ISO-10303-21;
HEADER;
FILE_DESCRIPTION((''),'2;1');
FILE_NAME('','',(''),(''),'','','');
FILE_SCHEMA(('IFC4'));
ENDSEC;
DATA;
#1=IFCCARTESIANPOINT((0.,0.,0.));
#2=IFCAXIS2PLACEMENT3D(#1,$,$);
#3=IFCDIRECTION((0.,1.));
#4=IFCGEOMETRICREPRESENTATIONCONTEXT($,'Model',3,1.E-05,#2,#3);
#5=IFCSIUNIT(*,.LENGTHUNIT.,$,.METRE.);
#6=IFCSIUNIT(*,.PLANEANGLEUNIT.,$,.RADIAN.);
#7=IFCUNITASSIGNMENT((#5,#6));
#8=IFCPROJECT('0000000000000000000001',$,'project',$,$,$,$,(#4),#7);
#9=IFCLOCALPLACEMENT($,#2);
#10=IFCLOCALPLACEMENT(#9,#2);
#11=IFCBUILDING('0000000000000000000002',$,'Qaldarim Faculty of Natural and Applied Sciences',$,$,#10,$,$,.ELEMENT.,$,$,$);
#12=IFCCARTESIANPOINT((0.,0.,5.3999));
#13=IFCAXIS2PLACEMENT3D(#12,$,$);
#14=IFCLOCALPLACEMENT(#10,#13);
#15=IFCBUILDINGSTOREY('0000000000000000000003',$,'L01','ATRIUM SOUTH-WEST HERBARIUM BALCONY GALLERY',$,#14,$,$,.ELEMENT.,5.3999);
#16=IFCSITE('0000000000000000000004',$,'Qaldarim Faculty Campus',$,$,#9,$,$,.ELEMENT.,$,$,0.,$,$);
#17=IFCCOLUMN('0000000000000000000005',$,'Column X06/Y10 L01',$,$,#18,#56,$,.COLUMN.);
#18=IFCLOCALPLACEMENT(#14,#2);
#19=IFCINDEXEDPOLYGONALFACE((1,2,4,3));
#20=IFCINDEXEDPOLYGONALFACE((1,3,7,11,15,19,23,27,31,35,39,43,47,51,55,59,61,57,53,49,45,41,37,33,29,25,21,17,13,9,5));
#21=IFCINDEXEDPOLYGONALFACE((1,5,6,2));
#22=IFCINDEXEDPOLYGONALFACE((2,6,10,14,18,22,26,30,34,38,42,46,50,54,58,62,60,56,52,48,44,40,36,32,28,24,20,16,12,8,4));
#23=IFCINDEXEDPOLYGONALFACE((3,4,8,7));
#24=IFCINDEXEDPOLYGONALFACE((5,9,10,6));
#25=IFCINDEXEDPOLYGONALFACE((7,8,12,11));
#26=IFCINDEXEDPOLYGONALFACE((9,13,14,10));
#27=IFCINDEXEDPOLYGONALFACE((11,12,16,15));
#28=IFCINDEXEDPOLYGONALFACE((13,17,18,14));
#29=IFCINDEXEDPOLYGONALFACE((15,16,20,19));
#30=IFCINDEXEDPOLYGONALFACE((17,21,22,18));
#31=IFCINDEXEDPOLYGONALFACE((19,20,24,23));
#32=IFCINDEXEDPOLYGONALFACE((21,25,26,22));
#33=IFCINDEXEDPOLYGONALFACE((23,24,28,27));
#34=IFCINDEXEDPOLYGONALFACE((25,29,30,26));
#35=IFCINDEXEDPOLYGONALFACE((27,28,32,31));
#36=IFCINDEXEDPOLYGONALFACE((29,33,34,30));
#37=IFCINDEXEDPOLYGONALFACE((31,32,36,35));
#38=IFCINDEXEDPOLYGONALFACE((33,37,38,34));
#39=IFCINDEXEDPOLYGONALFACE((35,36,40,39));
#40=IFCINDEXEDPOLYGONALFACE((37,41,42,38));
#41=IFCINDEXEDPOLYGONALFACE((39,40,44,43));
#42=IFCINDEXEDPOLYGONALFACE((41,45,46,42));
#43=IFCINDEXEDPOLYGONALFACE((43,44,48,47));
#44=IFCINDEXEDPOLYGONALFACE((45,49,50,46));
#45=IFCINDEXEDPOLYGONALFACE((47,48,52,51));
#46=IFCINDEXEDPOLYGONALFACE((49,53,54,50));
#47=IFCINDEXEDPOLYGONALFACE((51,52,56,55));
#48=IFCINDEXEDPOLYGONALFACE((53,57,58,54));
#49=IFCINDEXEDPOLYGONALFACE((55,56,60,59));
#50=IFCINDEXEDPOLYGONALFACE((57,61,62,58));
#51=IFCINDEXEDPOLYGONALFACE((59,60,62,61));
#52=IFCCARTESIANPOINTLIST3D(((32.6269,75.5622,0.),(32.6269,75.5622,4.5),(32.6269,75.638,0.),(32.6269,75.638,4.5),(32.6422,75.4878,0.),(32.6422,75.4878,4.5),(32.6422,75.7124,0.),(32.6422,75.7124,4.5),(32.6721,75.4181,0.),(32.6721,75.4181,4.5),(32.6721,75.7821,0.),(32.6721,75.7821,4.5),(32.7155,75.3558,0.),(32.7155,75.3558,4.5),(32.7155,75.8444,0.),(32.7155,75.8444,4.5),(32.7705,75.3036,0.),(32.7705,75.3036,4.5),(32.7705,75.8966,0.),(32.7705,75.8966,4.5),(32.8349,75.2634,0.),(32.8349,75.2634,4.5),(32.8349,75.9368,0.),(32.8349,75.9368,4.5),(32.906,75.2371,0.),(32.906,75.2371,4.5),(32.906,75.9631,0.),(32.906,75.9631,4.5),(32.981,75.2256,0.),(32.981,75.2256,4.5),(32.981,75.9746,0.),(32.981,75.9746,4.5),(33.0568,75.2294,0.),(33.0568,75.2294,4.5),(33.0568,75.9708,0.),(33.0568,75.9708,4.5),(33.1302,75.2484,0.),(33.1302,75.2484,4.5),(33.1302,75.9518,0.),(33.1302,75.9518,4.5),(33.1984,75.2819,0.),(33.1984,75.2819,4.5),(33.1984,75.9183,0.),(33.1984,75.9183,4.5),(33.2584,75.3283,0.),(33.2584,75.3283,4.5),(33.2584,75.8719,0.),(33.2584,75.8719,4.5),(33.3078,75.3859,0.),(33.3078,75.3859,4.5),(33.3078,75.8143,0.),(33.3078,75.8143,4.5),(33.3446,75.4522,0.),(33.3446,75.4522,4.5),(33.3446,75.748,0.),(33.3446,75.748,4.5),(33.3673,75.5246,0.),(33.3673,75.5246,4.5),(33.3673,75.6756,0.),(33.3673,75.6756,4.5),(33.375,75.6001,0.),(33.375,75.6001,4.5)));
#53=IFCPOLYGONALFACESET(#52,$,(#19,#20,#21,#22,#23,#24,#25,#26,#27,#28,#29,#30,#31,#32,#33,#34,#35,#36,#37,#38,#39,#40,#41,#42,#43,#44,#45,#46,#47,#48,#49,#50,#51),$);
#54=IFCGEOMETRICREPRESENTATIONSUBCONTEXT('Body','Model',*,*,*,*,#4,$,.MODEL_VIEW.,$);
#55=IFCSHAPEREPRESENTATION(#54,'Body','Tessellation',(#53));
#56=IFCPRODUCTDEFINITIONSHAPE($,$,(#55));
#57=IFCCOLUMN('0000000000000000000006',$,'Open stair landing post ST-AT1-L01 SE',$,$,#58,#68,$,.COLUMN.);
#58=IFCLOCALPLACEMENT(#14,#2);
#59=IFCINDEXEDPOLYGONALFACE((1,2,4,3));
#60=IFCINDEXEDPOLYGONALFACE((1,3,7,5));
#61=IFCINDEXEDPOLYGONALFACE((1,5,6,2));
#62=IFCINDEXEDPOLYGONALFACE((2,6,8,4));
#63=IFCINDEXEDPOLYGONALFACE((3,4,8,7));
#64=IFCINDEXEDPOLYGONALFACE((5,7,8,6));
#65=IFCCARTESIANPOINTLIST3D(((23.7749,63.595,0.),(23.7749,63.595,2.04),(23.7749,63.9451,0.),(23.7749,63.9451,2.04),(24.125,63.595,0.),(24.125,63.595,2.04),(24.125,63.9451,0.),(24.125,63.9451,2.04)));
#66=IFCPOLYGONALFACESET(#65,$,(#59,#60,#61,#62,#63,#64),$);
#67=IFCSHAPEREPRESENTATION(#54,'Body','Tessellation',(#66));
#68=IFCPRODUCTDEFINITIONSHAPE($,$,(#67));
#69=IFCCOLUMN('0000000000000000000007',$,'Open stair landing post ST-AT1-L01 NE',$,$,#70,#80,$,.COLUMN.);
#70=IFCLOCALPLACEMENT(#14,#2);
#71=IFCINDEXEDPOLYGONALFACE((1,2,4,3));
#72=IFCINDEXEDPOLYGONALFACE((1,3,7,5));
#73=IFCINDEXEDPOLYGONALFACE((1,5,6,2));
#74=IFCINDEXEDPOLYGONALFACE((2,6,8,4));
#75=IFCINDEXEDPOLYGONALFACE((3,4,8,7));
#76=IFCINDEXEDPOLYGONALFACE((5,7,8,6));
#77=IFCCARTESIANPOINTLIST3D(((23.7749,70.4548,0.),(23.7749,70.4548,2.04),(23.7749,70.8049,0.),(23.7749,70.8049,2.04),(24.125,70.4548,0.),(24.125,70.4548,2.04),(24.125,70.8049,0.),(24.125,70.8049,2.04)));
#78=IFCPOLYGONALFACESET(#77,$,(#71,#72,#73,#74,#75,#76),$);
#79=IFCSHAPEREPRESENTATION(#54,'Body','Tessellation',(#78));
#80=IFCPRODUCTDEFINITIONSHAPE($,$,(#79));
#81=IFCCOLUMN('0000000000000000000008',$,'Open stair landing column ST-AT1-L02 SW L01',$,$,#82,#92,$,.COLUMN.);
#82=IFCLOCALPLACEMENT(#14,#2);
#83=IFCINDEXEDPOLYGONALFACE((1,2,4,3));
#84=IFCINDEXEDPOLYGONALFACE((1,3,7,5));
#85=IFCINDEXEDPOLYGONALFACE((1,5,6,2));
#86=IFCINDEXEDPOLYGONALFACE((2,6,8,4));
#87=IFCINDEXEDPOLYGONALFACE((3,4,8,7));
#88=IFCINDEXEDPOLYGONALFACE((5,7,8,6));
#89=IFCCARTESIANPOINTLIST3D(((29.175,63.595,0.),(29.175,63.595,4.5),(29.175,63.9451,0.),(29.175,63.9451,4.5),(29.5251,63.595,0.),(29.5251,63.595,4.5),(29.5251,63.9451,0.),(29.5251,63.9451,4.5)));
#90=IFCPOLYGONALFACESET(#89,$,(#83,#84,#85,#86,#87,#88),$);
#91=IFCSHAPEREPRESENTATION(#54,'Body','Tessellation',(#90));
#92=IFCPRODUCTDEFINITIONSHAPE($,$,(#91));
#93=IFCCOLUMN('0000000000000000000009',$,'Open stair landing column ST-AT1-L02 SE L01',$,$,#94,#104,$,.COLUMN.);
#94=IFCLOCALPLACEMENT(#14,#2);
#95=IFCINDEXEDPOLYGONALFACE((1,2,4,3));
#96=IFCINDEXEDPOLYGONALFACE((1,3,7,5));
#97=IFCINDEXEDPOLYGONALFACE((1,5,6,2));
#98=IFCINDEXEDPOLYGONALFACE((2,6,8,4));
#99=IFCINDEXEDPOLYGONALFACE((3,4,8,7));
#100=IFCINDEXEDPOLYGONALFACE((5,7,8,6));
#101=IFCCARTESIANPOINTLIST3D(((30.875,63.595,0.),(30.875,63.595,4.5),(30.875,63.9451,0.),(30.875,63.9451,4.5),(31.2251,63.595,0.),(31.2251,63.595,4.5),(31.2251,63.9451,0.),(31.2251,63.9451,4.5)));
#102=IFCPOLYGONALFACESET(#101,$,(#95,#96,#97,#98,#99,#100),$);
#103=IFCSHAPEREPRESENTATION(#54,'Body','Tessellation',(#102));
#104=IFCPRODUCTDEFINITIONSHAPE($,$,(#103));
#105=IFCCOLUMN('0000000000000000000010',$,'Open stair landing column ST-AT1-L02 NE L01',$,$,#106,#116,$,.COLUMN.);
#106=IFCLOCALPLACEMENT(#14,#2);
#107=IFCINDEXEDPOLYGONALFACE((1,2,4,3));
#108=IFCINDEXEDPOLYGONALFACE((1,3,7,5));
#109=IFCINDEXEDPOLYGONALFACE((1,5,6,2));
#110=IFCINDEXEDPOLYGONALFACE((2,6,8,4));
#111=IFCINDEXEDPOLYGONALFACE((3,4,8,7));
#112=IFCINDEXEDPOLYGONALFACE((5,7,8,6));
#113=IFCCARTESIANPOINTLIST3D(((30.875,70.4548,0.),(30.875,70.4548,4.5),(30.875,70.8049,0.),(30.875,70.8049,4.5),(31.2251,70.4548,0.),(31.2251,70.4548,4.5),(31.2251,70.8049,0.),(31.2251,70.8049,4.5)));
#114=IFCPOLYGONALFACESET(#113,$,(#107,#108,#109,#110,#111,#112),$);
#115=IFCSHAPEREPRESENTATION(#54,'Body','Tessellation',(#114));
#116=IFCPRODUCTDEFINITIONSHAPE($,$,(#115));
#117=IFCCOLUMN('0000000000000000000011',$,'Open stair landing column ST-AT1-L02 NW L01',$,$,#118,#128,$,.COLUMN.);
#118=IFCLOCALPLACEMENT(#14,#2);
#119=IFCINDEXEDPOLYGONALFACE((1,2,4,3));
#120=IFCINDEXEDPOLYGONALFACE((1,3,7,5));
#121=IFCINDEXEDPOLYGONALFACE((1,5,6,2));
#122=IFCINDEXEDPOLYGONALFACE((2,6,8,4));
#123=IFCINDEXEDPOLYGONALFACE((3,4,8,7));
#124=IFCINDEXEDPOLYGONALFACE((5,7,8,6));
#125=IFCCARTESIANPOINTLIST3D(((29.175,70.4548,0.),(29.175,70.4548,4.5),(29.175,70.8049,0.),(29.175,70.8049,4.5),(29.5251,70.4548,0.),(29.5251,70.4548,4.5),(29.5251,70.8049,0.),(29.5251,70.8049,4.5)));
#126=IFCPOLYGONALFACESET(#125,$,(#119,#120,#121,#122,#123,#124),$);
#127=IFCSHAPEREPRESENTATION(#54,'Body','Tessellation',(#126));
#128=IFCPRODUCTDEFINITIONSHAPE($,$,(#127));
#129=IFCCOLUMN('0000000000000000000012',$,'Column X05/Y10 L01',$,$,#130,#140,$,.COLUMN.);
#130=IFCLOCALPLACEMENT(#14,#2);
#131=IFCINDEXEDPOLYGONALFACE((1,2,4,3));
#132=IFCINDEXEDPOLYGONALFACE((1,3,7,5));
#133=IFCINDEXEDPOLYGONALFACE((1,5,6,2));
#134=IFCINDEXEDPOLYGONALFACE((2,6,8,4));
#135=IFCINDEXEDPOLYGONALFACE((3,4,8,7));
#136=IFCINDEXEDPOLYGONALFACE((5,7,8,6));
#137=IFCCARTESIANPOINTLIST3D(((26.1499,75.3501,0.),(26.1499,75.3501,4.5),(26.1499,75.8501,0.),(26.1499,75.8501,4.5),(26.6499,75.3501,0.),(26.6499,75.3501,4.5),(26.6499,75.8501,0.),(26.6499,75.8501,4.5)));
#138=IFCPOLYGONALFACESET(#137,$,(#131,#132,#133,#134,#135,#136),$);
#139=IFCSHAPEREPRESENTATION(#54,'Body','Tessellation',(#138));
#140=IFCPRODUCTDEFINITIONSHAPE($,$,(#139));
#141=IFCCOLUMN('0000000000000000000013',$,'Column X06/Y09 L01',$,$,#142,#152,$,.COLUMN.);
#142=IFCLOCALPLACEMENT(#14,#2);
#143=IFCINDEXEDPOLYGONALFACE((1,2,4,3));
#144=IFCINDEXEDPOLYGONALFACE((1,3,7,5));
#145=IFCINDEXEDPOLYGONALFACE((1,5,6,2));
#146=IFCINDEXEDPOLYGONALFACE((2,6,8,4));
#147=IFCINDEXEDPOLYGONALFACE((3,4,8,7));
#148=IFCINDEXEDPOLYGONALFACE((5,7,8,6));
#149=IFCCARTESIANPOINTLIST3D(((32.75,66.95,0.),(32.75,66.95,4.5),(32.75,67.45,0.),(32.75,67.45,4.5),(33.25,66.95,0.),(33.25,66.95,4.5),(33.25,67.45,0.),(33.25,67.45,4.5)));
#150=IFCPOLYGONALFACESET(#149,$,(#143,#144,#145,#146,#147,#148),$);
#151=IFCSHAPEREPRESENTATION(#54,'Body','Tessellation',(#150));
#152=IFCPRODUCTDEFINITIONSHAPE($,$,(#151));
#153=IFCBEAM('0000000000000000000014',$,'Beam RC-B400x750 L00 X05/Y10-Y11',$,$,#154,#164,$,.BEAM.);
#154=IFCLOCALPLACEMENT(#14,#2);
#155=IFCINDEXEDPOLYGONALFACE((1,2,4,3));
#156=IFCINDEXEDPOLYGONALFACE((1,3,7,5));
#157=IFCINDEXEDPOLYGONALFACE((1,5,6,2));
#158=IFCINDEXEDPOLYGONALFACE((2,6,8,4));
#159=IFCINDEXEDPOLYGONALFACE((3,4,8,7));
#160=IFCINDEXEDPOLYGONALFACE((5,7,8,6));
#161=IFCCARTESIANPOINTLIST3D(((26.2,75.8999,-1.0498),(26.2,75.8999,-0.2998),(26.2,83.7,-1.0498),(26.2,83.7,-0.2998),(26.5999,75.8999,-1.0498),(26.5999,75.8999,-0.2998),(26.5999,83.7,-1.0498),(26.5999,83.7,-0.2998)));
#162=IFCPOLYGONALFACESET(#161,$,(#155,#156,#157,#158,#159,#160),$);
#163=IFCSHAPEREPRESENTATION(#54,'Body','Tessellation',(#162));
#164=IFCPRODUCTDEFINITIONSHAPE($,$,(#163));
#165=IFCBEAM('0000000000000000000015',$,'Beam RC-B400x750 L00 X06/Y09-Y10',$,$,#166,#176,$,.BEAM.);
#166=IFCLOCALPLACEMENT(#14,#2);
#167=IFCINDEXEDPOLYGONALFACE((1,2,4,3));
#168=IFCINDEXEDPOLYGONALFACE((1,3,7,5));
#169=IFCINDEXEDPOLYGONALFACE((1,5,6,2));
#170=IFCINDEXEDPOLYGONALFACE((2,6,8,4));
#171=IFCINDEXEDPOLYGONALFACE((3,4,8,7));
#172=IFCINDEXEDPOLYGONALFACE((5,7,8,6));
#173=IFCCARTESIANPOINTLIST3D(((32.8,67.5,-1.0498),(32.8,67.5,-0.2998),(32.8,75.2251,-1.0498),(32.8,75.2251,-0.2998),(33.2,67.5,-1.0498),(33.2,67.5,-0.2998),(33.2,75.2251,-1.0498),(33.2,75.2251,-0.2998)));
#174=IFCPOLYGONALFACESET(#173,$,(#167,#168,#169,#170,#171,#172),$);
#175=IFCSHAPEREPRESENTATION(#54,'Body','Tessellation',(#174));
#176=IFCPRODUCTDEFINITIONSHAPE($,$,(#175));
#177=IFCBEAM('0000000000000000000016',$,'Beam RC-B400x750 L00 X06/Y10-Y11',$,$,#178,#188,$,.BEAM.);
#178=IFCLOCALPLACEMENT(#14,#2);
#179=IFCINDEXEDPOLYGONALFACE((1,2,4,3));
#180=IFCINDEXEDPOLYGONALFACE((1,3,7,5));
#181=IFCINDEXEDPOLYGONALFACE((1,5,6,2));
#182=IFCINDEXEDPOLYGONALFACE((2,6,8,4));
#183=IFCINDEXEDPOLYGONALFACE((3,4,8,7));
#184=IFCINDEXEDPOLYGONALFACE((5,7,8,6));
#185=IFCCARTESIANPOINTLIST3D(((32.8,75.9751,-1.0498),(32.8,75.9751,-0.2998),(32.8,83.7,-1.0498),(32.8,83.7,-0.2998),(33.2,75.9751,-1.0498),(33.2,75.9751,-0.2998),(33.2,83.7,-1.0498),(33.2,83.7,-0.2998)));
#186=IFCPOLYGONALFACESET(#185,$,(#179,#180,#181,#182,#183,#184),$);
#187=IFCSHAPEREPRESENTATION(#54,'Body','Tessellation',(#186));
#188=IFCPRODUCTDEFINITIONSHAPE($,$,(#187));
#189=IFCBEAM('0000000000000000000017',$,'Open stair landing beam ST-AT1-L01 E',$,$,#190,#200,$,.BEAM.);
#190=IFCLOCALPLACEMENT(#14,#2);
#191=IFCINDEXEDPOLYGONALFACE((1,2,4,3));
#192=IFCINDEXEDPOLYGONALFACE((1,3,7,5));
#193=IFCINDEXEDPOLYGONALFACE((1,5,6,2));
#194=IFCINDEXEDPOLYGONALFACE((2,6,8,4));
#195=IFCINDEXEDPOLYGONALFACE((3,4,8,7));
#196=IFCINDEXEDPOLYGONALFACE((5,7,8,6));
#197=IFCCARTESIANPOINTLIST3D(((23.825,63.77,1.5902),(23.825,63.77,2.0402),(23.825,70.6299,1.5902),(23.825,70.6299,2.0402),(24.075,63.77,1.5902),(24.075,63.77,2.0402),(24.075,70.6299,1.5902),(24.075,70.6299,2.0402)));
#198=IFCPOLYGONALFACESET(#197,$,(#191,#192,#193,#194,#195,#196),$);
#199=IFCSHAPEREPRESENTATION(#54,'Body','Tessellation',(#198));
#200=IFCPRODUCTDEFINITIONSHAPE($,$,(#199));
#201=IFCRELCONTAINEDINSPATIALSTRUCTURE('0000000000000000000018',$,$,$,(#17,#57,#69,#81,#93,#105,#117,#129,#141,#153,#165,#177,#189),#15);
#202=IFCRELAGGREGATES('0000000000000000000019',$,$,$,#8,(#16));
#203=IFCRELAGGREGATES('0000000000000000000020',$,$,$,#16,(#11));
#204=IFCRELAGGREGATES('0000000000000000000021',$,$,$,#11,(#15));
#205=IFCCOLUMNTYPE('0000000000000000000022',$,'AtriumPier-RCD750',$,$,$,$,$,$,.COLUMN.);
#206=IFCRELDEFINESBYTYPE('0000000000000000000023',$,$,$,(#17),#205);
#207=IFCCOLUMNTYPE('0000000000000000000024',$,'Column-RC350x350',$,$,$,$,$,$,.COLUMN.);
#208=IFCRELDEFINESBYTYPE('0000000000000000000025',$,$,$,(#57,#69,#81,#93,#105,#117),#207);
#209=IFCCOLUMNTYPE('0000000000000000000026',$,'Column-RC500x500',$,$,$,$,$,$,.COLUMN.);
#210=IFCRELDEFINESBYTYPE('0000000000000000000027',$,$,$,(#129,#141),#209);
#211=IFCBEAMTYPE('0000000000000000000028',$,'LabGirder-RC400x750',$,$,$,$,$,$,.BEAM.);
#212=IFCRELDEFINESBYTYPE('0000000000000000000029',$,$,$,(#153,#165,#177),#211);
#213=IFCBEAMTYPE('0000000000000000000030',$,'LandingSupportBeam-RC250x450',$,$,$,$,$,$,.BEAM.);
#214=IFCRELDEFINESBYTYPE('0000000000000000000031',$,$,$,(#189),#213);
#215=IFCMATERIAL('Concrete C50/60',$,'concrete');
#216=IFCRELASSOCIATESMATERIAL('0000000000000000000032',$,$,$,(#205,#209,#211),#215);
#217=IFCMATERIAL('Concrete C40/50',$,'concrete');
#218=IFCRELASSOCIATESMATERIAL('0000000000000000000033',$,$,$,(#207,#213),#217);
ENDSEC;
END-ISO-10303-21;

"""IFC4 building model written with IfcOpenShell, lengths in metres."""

from ifc_helpers import new_model, si_unit, direction, frame, origin, origin_2d, place, context, subcontext, project, spatial, rectangle, circle, extrude, material, material_profile, profile_set, type_object, element, save


model = new_model("IFC4")

# Units and contexts
model_context = context("Model", 3, precision=1e-05, world=origin(), true_north=direction((0.0, 1.0)))
body_context = subcontext(model_context, "Body", "Model", "MODEL_VIEW")
ifc_project = project(units=[si_unit("LENGTHUNIT", "METRE"), si_unit("PLANEANGLEUNIT", "RADIAN")], contexts=[model_context])

# Site, building, storey
site_placement = place(None, origin())
site = spatial("IfcSite", under=ifc_project, at=site_placement, Name="Qaldarim Faculty Campus", CompositionType="ELEMENT", RefElevation=0.0)
building_placement = place(site_placement, origin())
building = spatial("IfcBuilding", under=site, at=building_placement, Name="Qaldarim Faculty of Natural and Applied Sciences", CompositionType="ELEMENT")
storey_placement = place(building_placement, frame((0.0, 0.0, 5.3999)))
storey = spatial("IfcBuildingStorey", under=building, at=storey_placement, Name="L01", Description="ATRIUM SOUTH-WEST HERBARIUM BALCONY GALLERY", CompositionType="ELEMENT", Elevation=5.3999)

# Columns
ifc_material_1 = material(Name="Concrete C50/60", Category="concrete")
ifc_material_profile_1 = material_profile(ifc_material_1, circle(Radius=0.375, at=origin_2d()), Name="RC-D750")
ifc_profile_set_1 = profile_set([ifc_material_profile_1], Name="Concrete C50/60")
column_type_1 = type_object("IfcColumnType", Name="AtriumPier-RCD750", PredefinedType="COLUMN", material=ifc_profile_set_1)
column_placement = place(storey_placement, frame((33.0, 75.6001, 0.0), z_axis=(0.0, 0.0, 1.0), x_axis=(1.0, 0.0, 0.0)))
element("IfcColumn", 1, at=column_placement, inside=storey, type_object=column_type_1, Name="Column X06/Y10 L01", PredefinedType="COLUMN", context=body_context, shape_type="SweptSolid", body=[
    extrude(circle(Radius=0.375, at=origin_2d()), origin(), (0.0, 0.0, 1.0), 4.5),
])
ifc_material_2 = material(Name="Concrete C40/50", Category="concrete")
ifc_material_profile_2 = material_profile(ifc_material_2, rectangle(XDim=0.3501, YDim=0.3501, at=origin_2d()), Name="RC-C350x350")
ifc_profile_set_2 = profile_set([ifc_material_profile_2], Name="Concrete C40/50")
column_type_2 = type_object("IfcColumnType", Name="Column-RC350x350", PredefinedType="COLUMN", material=ifc_profile_set_2)
for number, where, z_axis, x_axis, name in (
    (2, (23.95, 63.77, 0.0), (0.0, 0.0, 1.0), (1.0, 0.0, 0.0), "Open stair landing post ST-AT1-L01 SE"),
    (3, (23.95, 70.6299, 0.0), (0.0, 0.0, 1.0), (1.0, 0.0, 0.0), "Open stair landing post ST-AT1-L01 NE"),
):
    element("IfcColumn", number, at=place(storey_placement, frame(where, z_axis=z_axis, x_axis=x_axis)), inside=storey, type_object=column_type_2, Name=name, PredefinedType="COLUMN", context=body_context, shape_type="SweptSolid", body=[
        extrude(rectangle(XDim=0.3501, YDim=0.3501, at=origin_2d()), origin(), (0.0, 0.0, 1.0), 2.04),
    ])
for number, where, z_axis, x_axis, name in (
    (4, (29.3501, 63.77, 0.0), (0.0, 0.0, 1.0), (1.0, 0.0, 0.0), "Open stair landing column ST-AT1-L02 SW L01"),
    (5, (31.05, 63.77, 0.0), (0.0, 0.0, 1.0), (1.0, 0.0, 0.0), "Open stair landing column ST-AT1-L02 SE L01"),
    (6, (31.05, 70.6299, 0.0), (0.0, 0.0, 1.0), (1.0, 0.0, 0.0), "Open stair landing column ST-AT1-L02 NE L01"),
    (7, (29.3501, 70.6299, 0.0), (0.0, 0.0, 1.0), (1.0, 0.0, 0.0), "Open stair landing column ST-AT1-L02 NW L01"),
):
    element("IfcColumn", number, at=place(storey_placement, frame(where, z_axis=z_axis, x_axis=x_axis)), inside=storey, type_object=column_type_2, Name=name, PredefinedType="COLUMN", context=body_context, shape_type="SweptSolid", body=[
        extrude(rectangle(XDim=0.3501, YDim=0.3501, at=origin_2d()), origin(), (0.0, 0.0, 1.0), 4.5),
    ])
ifc_material_profile_3 = material_profile(ifc_material_1, rectangle(XDim=0.5, YDim=0.5, at=origin_2d()), Name="RC-C500x500")
ifc_profile_set_3 = profile_set([ifc_material_profile_3], Name="Concrete C50/60")
column_type_3 = type_object("IfcColumnType", Name="Column-RC500x500", PredefinedType="COLUMN", material=ifc_profile_set_3)
for number, where, z_axis, x_axis, name in (
    (8, (26.3999, 75.6001, 0.0), (0.0, 0.0, 1.0), (1.0, 0.0, 0.0), "Column X05/Y10 L01"),
    (9, (33.0, 67.2, 0.0), (0.0, 0.0, 1.0), (1.0, 0.0, 0.0), "Column X06/Y09 L01"),
):
    element("IfcColumn", number, at=place(storey_placement, frame(where, z_axis=z_axis, x_axis=x_axis)), inside=storey, type_object=column_type_3, Name=name, PredefinedType="COLUMN", context=body_context, shape_type="SweptSolid", body=[
        extrude(rectangle(XDim=0.5, YDim=0.5, at=origin_2d()), origin(), (0.0, 0.0, 1.0), 4.5),
    ])

# Beams
ifc_material_profile_4 = material_profile(ifc_material_1, rectangle(XDim=0.3999, YDim=0.75, at=origin_2d()), Name="RC-B400x750")
ifc_profile_set_4 = profile_set([ifc_material_profile_4], Name="Concrete C50/60")
beam_type_1 = type_object("IfcBeamType", Name="LabGirder-RC400x750", PredefinedType="BEAM", material=ifc_profile_set_4)
beam_1_placement = place(storey_placement, frame((26.3999, 75.8999, -0.6748), z_axis=(0.0, 1.0, 0.0), x_axis=(-1.0, 0.0, 0.0)))
element("IfcBeam", 10, at=beam_1_placement, inside=storey, type_object=beam_type_1, Name="Beam RC-B400x750 L00 X05/Y10-Y11", PredefinedType="BEAM", context=body_context, shape_type="SweptSolid", body=[
    extrude(rectangle(XDim=0.3999, YDim=0.75, at=origin_2d()), origin(), (0.0, 0.0, 1.0), 7.8),
])
beam_2_placement = place(storey_placement, frame((33.0, 67.5, -0.6748), z_axis=(0.0, 1.0, 0.0), x_axis=(-1.0, 0.0, 0.0)))
element("IfcBeam", 11, at=beam_2_placement, inside=storey, type_object=beam_type_1, Name="Beam RC-B400x750 L00 X06/Y09-Y10", PredefinedType="BEAM", context=body_context, shape_type="SweptSolid", body=[
    extrude(rectangle(XDim=0.3999, YDim=0.75, at=origin_2d()), origin(), (0.0, 0.0, 1.0), 7.7251),
])
beam_3_placement = place(storey_placement, frame((33.0, 75.9751, -0.6748), z_axis=(0.0, 1.0, 0.0), x_axis=(-1.0, 0.0, 0.0)))
element("IfcBeam", 12, at=beam_3_placement, inside=storey, type_object=beam_type_1, Name="Beam RC-B400x750 L00 X06/Y10-Y11", PredefinedType="BEAM", context=body_context, shape_type="SweptSolid", body=[
    extrude(rectangle(XDim=0.3999, YDim=0.75, at=origin_2d()), origin(), (0.0, 0.0, 1.0), 7.7249),
])
ifc_material_profile_5 = material_profile(ifc_material_2, rectangle(XDim=0.25, YDim=0.45, at=origin_2d()), Name="RC-LN250x450")
ifc_profile_set_5 = profile_set([ifc_material_profile_5], Name="Concrete C40/50")
beam_type_2 = type_object("IfcBeamType", Name="LandingSupportBeam-RC250x450", PredefinedType="BEAM", material=ifc_profile_set_5)
beam_4_placement = place(storey_placement, frame((23.95, 63.77, 1.8152), z_axis=(0.0, 1.0, 0.0), x_axis=(-1.0, 0.0, 0.0)))
element("IfcBeam", 13, at=beam_4_placement, inside=storey, type_object=beam_type_2, Name="Open stair landing beam ST-AT1-L01 E", PredefinedType="BEAM", context=body_context, shape_type="SweptSolid", body=[
    extrude(rectangle(XDim=0.25, YDim=0.45, at=origin_2d()), origin(), (0.0, 0.0, 1.0), 6.8599),
])

save(model, "model.ifc")
